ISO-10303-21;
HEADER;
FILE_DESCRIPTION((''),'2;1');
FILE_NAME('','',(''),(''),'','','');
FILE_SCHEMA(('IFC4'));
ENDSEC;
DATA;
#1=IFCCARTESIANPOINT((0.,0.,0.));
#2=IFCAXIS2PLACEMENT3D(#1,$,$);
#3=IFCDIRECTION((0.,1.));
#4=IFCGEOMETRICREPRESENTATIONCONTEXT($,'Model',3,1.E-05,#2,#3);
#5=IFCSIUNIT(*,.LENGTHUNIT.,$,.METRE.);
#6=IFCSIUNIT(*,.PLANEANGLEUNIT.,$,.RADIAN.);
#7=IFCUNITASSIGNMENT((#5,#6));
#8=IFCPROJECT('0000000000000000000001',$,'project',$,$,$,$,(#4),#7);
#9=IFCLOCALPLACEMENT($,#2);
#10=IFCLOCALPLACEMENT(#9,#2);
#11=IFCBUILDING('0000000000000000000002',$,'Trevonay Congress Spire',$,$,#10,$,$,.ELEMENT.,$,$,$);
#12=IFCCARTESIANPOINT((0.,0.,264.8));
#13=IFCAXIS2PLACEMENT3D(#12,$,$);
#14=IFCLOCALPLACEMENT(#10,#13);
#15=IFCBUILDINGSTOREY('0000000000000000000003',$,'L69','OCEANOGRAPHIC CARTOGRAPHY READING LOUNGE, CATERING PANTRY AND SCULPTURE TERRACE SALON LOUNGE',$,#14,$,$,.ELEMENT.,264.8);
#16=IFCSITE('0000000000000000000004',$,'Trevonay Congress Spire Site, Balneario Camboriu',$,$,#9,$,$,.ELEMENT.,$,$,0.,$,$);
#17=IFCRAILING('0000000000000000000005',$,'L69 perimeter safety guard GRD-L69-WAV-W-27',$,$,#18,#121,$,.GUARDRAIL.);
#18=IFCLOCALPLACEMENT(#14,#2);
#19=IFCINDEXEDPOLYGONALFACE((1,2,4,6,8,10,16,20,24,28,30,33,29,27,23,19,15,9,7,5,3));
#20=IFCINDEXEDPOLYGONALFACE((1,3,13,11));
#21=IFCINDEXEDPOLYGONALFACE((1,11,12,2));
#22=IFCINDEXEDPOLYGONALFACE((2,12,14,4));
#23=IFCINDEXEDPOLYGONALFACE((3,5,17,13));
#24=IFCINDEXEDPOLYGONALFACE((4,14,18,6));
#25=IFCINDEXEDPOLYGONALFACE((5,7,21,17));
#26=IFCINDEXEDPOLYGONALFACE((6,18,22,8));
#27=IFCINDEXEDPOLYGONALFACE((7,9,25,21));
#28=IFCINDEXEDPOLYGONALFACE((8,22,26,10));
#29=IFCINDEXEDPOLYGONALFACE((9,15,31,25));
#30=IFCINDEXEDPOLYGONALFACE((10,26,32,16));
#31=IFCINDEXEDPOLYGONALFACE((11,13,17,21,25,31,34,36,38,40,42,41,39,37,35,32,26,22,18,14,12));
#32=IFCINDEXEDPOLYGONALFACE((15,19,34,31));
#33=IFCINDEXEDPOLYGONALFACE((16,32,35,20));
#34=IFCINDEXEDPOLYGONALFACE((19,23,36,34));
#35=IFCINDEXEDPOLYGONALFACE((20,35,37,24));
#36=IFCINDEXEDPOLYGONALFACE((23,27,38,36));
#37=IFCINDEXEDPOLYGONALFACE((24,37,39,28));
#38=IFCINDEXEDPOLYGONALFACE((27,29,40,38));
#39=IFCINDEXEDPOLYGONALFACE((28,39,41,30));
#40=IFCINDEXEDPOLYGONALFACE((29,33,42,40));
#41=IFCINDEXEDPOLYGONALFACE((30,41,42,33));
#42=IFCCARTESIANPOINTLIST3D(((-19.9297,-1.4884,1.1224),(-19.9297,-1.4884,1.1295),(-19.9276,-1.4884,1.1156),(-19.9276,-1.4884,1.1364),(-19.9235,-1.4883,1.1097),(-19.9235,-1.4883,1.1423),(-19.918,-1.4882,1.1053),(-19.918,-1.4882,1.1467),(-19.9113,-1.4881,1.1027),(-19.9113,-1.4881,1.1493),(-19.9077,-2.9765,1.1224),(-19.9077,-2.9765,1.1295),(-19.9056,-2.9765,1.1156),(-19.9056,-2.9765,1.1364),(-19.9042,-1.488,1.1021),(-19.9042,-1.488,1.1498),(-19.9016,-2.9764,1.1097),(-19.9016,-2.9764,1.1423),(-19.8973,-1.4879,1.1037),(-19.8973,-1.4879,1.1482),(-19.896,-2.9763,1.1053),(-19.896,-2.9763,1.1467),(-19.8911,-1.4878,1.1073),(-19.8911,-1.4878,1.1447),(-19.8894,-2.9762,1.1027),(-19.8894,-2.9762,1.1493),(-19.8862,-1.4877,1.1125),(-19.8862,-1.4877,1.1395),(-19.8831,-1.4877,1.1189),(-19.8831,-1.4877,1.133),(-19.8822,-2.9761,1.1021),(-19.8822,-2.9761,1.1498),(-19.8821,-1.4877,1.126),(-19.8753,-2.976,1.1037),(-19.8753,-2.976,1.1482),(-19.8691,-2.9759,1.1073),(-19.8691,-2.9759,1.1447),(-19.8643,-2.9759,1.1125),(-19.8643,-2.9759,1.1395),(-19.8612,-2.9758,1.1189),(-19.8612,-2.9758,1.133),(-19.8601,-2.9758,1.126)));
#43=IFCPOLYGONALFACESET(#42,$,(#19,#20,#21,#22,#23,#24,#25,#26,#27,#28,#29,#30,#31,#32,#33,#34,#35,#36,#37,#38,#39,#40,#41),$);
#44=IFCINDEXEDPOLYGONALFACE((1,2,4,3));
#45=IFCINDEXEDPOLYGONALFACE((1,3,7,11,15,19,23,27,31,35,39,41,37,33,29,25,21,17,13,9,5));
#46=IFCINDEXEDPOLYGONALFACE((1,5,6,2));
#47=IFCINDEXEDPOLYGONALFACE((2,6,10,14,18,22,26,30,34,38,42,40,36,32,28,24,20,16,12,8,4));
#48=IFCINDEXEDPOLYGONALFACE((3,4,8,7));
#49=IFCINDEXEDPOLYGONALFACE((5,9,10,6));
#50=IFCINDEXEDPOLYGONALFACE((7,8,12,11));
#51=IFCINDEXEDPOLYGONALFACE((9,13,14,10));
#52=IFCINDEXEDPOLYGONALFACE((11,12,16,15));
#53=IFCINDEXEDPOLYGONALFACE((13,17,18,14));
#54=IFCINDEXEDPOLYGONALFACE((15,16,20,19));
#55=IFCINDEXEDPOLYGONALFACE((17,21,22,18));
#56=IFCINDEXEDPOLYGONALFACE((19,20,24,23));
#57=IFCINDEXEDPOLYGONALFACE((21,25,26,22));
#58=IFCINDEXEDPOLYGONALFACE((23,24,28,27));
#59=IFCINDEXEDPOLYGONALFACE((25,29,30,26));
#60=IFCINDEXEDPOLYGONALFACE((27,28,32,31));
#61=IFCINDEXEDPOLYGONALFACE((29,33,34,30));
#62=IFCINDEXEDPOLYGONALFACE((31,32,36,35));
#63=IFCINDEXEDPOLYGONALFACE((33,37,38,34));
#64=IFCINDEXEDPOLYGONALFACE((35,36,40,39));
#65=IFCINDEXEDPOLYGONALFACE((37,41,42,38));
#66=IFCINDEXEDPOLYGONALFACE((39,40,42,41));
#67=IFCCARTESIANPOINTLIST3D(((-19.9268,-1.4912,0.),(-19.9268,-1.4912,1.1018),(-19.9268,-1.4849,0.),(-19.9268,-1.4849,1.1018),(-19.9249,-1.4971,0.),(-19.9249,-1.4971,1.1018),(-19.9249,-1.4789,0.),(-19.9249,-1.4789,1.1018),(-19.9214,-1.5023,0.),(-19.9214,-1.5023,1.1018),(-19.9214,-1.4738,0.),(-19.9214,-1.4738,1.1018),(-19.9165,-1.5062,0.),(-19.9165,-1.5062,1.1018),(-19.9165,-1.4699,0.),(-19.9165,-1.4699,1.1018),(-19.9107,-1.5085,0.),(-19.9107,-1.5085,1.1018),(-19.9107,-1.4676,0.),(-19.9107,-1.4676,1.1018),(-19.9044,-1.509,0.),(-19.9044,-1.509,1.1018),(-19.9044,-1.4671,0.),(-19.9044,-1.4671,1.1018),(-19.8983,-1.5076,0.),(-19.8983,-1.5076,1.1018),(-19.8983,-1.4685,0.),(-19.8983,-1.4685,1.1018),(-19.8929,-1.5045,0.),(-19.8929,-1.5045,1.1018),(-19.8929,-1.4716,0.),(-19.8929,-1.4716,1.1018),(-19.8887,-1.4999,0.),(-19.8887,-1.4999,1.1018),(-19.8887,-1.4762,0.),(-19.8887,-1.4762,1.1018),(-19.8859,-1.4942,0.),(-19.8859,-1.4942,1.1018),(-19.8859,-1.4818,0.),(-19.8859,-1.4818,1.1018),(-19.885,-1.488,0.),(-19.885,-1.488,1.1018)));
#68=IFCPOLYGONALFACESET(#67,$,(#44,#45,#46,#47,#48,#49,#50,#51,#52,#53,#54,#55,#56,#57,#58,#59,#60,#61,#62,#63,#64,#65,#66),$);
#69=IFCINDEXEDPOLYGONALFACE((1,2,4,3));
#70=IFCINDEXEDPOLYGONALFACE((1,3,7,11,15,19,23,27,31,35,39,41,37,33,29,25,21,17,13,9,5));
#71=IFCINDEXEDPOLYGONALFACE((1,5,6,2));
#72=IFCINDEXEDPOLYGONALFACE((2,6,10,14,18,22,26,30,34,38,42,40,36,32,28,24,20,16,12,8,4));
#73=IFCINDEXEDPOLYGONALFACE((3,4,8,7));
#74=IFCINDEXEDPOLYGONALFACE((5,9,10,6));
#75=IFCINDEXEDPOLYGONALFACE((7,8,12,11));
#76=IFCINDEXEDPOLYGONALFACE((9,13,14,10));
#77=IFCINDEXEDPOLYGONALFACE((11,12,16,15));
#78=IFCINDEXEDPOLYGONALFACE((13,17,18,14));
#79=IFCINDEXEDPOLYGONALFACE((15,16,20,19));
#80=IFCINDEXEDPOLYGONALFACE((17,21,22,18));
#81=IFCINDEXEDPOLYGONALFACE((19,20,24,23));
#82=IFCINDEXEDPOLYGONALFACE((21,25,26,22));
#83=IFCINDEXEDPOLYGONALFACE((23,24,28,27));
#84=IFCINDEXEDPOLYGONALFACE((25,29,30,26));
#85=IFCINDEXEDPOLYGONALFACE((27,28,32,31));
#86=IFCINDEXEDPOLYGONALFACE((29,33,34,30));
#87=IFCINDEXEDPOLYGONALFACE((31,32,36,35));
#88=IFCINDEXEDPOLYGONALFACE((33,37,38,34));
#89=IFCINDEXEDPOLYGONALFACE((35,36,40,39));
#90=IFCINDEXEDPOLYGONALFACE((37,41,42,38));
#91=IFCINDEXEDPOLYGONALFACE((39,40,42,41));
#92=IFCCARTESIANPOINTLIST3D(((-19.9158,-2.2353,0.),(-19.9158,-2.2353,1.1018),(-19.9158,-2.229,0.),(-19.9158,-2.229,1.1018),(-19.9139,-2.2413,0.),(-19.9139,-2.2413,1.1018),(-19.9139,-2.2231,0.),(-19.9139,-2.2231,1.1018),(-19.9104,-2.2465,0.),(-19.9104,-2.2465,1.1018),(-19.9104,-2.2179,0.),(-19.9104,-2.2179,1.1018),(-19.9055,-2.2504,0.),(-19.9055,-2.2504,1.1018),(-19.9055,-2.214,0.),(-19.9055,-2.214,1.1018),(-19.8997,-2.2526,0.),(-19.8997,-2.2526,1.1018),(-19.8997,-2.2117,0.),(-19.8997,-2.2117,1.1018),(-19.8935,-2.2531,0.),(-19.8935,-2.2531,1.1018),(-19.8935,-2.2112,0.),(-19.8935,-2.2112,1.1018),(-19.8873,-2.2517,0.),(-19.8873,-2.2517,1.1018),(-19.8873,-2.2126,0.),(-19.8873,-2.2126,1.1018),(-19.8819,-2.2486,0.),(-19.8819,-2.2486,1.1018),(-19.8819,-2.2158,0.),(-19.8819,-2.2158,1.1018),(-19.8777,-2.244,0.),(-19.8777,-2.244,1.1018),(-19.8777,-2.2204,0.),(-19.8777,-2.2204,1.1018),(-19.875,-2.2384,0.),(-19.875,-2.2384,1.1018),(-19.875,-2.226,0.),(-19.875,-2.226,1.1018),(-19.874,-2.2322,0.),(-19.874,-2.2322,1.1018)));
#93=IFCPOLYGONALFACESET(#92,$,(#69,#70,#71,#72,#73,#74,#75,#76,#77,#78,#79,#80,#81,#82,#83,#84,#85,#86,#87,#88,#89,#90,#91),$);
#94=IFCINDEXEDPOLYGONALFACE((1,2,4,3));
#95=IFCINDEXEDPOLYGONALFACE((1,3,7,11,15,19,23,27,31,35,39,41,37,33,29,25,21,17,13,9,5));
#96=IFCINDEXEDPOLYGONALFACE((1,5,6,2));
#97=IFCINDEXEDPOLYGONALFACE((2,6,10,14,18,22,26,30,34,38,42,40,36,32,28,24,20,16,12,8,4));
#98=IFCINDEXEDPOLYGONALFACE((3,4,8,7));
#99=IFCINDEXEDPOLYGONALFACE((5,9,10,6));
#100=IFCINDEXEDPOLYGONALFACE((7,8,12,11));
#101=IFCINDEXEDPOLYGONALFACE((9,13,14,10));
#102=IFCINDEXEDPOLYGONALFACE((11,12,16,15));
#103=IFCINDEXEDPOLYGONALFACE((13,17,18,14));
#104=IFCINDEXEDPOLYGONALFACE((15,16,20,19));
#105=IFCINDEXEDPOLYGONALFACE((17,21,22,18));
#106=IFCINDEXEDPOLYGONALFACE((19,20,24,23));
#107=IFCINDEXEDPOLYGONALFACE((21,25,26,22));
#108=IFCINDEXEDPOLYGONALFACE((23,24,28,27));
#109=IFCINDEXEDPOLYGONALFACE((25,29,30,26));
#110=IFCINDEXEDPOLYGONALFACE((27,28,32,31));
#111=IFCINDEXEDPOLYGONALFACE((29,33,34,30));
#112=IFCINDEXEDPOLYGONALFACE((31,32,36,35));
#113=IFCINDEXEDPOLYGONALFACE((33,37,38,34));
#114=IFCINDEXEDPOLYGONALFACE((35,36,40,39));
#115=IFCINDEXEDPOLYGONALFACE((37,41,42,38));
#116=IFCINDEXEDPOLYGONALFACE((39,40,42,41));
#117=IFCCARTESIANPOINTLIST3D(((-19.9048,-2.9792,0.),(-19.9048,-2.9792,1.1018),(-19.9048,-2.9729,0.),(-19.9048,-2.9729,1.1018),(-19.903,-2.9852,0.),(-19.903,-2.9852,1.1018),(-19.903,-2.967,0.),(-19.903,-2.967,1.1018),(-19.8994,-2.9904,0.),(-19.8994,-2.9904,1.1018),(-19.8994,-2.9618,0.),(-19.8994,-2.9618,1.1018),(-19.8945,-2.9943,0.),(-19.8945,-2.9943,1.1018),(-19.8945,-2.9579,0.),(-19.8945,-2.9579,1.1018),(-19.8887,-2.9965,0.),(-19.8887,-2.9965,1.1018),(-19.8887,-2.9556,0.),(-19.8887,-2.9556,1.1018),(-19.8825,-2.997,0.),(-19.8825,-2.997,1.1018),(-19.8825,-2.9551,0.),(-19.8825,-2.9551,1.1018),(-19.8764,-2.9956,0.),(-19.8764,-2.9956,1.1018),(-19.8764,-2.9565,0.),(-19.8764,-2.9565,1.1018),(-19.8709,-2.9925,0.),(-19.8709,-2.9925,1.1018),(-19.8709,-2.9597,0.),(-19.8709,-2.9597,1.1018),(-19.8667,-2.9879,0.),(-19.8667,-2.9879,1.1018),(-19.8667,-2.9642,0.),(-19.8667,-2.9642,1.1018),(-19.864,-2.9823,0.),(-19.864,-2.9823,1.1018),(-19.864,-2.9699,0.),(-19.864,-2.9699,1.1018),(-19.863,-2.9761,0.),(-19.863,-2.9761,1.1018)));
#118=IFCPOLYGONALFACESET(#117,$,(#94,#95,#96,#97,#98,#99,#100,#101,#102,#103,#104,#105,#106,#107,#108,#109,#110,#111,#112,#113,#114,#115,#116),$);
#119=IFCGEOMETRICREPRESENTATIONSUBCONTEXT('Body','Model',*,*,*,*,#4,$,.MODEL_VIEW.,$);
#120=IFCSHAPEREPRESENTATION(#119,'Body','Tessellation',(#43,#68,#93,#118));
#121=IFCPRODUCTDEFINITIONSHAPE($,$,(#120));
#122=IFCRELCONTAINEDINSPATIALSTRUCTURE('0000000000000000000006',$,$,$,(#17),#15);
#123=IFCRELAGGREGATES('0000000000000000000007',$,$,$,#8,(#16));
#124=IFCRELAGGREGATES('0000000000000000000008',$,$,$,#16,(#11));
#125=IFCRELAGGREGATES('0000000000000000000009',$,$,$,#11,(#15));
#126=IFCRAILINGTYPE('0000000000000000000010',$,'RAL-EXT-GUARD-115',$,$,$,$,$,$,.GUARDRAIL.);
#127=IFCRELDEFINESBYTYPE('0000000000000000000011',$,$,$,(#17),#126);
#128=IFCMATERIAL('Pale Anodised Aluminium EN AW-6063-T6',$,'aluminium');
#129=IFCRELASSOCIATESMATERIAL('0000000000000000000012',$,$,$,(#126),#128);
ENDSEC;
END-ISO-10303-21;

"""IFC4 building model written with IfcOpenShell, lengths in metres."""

from ifc_helpers import new_model, si_unit, direction, frame, origin, origin_2d, place, context, subcontext, project, spatial, circle, extrude, material, type_object, element, save


model = new_model("IFC4")

# Units and contexts
model_context = context("Model", 3, precision=1e-05, world=origin(), true_north=direction((0.0, 1.0)))
body_context = subcontext(model_context, "Body", "Model", "MODEL_VIEW")
ifc_project = project(units=[si_unit("LENGTHUNIT", "METRE"), si_unit("PLANEANGLEUNIT", "RADIAN")], contexts=[model_context])

# Site, building, storey
site_placement = place(None, origin())
site = spatial("IfcSite", under=ifc_project, at=site_placement, Name="Trevonay Congress Spire Site, Balneario Camboriu", CompositionType="ELEMENT", RefElevation=0.0)
building_placement = place(site_placement, origin())
building = spatial("IfcBuilding", under=site, at=building_placement, Name="Trevonay Congress Spire", CompositionType="ELEMENT")
storey_placement = place(building_placement, frame((0.0, 0.0, 264.8)))
storey = spatial("IfcBuildingStorey", under=building, at=storey_placement, Name="L69", Description="OCEANOGRAPHIC CARTOGRAPHY READING LOUNGE, CATERING PANTRY AND SCULPTURE TERRACE SALON LOUNGE", CompositionType="ELEMENT", Elevation=264.8)

# Shared definitions
ifc_material_1 = material(Name="Pale Anodised Aluminium EN AW-6063-T6", Category="aluminium")

# Railing
railing_type = type_object("IfcRailingType", Name="RAL-EXT-GUARD-115", PredefinedType="GUARDRAIL", material=ifc_material_1)
railing_1_placement = place(storey_placement, frame((-19.906, -1.488, 0.0)))
element("IfcRailing", 1, at=railing_1_placement, inside=storey, type_object=railing_type, Name="L69 perimeter safety guard GRD-L69-WAV-W-27", PredefinedType="GUARDRAIL", context=body_context, shape_type="SweptSolid", body=[
    extrude(circle(Radius=0.0239, at=origin_2d()), frame((0.0, 0.0, 1.126), z_axis=(0.014765, -0.999891, 0.0), x_axis=(0.999891, 0.014765, 0.0)), (0.0, 0.0, 1.0), 1.4883),
    extrude(circle(Radius=0.021, at=origin_2d()), origin(), (0.0, 0.0, 1.0), 1.1018),
    extrude(circle(Radius=0.021, at=origin_2d()), frame((0.011, -0.7441, 0.0)), (0.0, 0.0, 1.0), 1.1018),
    extrude(circle(Radius=0.021, at=origin_2d()), frame((0.022, -1.488, 0.0)), (0.0, 0.0, 1.0), 1.1018),
])

save(model, "model.ifc")
